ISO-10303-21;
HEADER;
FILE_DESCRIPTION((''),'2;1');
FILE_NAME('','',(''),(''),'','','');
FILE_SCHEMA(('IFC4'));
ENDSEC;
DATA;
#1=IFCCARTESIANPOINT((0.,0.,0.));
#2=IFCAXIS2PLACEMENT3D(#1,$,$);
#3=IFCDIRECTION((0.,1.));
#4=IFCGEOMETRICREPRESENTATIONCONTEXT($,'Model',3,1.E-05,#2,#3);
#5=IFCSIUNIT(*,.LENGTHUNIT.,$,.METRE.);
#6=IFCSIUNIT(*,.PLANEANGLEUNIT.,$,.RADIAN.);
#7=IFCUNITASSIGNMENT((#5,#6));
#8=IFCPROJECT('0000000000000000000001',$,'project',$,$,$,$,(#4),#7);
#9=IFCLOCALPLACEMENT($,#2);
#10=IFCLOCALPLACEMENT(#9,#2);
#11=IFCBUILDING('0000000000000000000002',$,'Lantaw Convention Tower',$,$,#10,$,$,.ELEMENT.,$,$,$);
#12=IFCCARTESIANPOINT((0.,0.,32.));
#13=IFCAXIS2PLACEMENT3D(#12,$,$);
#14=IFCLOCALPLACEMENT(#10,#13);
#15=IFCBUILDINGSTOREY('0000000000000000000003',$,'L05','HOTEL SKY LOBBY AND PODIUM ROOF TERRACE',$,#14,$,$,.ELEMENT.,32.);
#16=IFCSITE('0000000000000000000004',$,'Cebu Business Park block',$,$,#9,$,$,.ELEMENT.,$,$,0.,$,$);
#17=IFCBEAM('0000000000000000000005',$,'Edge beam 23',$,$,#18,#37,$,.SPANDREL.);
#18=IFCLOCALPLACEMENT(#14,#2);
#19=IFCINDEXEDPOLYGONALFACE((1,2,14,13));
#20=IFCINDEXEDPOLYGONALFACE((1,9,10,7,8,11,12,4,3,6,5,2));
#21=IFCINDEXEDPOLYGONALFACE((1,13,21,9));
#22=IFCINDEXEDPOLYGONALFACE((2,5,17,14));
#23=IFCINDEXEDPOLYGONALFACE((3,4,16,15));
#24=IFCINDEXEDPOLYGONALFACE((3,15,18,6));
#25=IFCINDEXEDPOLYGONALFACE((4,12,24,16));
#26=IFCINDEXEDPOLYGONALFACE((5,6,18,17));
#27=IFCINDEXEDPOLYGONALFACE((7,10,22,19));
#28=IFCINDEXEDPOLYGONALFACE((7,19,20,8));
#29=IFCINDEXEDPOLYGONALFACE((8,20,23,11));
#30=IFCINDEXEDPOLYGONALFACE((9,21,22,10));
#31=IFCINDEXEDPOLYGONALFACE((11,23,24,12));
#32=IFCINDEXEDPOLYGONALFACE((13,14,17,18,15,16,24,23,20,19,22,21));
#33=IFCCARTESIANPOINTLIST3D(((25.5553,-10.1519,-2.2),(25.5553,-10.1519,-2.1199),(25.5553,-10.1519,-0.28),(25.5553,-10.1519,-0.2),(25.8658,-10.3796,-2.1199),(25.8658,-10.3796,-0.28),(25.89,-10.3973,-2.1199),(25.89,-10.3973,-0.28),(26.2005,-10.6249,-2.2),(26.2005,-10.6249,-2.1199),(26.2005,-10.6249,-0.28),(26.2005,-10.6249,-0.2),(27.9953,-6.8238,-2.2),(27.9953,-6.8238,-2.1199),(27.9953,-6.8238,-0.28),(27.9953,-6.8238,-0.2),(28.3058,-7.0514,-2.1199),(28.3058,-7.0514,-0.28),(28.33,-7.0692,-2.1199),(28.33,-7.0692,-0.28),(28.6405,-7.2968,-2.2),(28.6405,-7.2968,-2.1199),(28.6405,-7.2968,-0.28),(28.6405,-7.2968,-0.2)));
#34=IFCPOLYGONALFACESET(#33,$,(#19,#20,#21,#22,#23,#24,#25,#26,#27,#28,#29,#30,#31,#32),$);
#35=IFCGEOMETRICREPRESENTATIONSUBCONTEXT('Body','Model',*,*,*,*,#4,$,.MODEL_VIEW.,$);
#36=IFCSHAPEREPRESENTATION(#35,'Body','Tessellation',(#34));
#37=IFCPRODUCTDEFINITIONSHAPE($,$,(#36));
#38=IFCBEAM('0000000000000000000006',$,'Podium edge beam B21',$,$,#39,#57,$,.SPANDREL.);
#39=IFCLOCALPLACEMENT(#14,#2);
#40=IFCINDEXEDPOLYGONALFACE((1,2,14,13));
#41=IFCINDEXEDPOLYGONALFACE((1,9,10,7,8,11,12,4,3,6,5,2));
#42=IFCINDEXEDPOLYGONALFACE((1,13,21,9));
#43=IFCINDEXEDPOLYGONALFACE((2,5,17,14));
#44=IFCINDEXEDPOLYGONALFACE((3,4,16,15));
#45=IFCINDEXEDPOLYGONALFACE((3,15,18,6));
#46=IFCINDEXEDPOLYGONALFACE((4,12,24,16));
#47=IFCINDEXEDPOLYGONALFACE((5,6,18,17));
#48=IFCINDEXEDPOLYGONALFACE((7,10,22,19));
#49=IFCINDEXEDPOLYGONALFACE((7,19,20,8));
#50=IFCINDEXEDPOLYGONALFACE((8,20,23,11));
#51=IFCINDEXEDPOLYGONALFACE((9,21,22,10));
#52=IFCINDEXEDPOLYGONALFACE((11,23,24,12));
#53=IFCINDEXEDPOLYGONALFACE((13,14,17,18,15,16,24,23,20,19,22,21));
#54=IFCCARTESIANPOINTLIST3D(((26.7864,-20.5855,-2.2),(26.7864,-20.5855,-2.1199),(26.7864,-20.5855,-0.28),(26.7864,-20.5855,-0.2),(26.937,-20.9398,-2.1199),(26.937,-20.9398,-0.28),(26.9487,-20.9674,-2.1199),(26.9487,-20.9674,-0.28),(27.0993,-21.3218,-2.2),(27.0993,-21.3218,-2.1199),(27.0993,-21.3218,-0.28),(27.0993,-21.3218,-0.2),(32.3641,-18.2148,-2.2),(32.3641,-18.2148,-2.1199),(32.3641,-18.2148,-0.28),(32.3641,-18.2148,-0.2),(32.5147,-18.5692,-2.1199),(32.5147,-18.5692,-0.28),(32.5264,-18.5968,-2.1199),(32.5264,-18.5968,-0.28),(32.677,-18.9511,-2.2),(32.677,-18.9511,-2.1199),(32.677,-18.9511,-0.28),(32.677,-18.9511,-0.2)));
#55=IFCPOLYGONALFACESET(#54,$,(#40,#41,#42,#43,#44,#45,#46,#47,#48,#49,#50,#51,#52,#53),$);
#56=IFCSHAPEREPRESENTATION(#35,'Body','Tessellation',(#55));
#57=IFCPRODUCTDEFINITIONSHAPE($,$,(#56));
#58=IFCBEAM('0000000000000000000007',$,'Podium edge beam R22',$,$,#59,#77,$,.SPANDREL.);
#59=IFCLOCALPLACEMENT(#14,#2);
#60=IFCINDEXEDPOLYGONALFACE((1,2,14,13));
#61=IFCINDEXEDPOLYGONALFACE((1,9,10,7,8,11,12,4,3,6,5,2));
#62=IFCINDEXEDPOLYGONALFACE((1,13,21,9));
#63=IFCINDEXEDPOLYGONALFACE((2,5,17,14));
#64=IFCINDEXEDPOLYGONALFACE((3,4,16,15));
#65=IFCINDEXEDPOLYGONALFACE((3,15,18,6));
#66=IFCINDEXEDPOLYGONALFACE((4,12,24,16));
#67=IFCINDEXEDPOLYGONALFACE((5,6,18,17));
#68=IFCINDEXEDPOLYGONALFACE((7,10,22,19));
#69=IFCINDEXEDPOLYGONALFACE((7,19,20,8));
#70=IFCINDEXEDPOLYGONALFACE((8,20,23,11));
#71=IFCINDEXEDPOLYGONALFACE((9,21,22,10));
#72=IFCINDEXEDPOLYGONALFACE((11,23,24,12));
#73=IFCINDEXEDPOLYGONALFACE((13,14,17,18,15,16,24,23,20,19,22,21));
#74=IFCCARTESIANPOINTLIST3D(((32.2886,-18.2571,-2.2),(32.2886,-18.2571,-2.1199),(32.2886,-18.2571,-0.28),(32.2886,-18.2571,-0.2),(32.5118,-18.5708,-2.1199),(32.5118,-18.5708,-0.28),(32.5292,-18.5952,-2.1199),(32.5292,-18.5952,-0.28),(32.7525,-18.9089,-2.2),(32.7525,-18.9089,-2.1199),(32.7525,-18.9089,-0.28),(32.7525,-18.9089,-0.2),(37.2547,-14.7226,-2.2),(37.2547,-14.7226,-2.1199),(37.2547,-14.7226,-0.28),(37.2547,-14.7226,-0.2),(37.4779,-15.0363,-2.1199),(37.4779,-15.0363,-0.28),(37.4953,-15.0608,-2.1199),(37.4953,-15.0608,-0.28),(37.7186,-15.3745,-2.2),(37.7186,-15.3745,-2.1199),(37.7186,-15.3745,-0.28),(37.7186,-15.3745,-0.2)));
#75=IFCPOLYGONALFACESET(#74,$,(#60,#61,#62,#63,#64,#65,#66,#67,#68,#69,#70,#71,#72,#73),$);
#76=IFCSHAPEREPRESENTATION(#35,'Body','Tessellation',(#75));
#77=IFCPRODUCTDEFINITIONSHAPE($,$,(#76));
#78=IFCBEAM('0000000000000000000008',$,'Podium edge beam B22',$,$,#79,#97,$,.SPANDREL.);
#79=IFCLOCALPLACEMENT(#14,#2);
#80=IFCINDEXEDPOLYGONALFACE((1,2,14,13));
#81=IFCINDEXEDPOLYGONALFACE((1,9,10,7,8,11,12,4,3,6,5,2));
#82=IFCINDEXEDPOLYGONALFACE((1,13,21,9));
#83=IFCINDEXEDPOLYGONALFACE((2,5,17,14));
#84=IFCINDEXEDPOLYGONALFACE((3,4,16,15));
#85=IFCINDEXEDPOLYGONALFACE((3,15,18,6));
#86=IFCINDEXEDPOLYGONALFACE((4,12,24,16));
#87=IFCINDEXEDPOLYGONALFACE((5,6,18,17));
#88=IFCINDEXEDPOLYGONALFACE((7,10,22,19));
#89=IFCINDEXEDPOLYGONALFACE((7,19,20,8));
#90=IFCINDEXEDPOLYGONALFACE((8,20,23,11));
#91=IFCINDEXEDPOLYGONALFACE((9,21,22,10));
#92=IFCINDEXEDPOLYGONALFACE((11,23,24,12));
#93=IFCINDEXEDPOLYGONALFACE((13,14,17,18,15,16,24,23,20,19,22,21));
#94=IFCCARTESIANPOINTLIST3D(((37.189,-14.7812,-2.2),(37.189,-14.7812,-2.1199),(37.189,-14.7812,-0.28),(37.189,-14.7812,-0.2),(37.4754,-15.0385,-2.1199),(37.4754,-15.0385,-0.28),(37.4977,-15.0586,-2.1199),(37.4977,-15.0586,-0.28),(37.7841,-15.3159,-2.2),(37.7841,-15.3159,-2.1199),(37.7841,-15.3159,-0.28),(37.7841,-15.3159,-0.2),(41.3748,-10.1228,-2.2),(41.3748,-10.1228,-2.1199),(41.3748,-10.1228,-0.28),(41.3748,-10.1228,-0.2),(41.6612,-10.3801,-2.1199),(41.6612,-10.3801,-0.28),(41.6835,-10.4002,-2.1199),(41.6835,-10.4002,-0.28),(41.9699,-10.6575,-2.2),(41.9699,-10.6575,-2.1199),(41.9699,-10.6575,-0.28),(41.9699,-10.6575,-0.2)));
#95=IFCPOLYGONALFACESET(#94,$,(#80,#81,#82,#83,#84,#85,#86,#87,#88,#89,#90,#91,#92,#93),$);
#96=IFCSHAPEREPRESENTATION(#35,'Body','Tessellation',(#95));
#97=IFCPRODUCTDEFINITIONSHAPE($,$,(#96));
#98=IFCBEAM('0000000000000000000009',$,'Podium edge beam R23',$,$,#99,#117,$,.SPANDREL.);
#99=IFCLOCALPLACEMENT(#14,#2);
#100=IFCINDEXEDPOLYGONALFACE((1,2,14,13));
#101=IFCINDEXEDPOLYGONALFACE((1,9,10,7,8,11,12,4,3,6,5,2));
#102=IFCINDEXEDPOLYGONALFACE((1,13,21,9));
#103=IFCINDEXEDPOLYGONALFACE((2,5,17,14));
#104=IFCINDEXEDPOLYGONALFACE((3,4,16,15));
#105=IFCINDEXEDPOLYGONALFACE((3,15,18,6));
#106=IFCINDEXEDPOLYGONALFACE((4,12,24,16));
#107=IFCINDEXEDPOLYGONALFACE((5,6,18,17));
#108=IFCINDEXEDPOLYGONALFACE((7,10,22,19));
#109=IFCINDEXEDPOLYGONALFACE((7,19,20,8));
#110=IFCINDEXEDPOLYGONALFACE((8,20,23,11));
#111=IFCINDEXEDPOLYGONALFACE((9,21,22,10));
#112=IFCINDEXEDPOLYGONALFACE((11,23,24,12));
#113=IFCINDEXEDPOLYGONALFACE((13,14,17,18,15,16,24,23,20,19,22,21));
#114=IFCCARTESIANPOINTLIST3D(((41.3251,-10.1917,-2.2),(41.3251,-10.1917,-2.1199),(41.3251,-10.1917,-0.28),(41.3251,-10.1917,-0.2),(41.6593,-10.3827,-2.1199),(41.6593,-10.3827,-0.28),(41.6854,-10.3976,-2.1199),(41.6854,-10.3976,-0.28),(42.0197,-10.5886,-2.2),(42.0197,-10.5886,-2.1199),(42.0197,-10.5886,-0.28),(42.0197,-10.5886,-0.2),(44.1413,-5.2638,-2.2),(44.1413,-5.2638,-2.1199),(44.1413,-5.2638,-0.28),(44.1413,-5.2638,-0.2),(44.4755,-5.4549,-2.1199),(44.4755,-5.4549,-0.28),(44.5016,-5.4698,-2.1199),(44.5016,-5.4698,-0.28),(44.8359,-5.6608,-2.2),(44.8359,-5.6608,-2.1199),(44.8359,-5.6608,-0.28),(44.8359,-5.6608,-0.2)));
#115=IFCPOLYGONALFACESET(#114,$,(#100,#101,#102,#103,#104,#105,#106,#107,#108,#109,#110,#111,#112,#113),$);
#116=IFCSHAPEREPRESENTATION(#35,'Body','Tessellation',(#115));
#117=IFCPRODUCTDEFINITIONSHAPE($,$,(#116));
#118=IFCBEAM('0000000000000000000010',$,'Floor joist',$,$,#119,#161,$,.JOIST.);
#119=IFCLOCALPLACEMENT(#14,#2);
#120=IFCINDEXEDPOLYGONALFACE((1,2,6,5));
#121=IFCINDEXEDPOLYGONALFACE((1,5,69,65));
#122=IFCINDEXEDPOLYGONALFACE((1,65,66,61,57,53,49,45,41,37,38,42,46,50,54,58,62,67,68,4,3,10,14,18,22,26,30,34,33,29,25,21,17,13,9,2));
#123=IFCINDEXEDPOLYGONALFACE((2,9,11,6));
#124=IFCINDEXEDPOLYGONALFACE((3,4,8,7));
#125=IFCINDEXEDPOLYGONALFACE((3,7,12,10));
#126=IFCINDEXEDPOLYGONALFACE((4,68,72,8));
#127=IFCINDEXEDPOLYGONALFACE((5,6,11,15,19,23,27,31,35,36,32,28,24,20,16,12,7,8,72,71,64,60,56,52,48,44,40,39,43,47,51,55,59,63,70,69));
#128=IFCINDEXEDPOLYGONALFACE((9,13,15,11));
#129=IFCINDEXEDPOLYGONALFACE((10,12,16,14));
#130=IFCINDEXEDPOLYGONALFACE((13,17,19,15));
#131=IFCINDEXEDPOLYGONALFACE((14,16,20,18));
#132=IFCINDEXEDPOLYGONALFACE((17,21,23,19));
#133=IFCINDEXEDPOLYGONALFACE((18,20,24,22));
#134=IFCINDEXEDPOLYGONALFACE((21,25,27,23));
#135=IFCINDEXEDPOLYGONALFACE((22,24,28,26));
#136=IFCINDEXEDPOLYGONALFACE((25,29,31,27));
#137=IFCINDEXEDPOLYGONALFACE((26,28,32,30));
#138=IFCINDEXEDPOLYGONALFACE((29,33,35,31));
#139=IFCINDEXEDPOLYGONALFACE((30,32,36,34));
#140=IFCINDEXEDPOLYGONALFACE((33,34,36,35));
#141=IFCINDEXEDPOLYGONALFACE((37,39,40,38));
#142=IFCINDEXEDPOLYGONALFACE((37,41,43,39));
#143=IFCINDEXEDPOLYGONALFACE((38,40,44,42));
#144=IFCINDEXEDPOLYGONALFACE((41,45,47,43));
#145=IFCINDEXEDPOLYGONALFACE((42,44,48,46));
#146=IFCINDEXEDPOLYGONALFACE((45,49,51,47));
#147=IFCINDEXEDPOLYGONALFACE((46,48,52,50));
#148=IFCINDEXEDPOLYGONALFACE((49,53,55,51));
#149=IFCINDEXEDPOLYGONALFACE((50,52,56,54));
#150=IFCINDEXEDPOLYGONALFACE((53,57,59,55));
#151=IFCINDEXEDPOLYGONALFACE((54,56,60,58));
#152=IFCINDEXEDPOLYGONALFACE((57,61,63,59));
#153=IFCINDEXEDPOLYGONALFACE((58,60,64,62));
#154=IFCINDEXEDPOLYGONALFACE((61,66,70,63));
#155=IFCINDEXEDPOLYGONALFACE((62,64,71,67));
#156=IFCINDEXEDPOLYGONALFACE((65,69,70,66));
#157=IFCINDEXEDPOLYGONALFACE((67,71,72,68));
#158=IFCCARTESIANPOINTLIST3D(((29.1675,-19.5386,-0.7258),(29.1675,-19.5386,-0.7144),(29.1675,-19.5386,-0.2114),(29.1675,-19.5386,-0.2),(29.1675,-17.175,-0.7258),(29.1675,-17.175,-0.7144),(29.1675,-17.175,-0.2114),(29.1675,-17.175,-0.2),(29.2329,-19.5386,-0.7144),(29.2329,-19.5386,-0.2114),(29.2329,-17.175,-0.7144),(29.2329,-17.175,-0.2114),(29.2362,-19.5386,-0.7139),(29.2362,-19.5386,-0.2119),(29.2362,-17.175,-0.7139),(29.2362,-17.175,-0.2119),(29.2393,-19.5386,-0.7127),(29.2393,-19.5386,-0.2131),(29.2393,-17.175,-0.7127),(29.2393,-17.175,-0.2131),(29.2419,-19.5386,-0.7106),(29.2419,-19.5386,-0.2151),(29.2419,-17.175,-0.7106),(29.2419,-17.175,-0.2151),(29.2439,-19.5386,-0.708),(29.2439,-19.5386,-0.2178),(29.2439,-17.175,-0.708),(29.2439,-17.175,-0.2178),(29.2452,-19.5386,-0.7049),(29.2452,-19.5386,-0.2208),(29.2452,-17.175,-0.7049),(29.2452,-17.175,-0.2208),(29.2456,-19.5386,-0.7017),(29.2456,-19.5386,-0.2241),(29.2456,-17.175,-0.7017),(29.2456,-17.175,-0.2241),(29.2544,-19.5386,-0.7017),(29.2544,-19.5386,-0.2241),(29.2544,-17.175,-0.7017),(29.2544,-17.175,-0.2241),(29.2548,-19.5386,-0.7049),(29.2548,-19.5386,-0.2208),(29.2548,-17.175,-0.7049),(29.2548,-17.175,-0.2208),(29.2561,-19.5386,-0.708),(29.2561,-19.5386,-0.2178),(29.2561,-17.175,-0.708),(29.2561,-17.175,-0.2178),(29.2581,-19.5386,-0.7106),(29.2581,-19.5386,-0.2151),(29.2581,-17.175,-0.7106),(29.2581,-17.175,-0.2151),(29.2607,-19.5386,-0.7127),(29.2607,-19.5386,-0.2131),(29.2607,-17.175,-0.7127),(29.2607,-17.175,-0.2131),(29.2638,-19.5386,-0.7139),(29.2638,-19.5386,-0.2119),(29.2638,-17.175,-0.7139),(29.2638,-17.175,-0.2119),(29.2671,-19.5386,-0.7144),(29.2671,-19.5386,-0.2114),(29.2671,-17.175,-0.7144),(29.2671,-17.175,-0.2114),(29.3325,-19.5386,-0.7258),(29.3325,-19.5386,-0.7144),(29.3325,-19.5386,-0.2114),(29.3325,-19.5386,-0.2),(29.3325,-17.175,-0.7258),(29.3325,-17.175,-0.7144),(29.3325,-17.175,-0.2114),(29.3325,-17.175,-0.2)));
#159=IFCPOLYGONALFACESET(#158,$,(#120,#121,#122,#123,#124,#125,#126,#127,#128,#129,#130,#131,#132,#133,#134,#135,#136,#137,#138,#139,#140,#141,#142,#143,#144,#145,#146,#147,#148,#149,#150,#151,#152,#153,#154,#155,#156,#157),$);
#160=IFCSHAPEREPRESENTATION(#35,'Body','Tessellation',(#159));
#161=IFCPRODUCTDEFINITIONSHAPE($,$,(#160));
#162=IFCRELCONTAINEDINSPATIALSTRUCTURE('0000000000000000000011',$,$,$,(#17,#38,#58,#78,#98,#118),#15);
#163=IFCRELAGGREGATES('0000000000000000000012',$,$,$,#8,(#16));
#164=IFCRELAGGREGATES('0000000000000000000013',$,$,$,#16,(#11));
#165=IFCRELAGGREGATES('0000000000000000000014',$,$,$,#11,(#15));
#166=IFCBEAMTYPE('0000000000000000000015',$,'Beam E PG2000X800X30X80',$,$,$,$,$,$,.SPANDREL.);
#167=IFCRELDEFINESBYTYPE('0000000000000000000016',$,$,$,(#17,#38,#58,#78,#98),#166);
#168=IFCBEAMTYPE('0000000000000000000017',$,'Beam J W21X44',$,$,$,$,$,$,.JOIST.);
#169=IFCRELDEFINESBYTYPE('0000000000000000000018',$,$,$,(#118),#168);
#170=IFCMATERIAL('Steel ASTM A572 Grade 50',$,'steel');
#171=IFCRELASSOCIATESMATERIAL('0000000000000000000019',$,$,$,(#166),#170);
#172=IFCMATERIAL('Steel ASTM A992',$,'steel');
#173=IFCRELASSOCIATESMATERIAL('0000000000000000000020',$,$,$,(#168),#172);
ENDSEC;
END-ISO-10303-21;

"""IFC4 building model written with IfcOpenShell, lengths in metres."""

from ifc_helpers import new_model, si_unit, direction, frame, origin, origin_2d, place, context, subcontext, project, spatial, i_section, extrude, material, material_profile, profile_set, type_object, element, save


model = new_model("IFC4")

# Units and contexts
model_context = context("Model", 3, precision=1e-05, world=origin(), true_north=direction((0.0, 1.0)))
body_context = subcontext(model_context, "Body", "Model", "MODEL_VIEW")
ifc_project = project(units=[si_unit("LENGTHUNIT", "METRE"), si_unit("PLANEANGLEUNIT", "RADIAN")], contexts=[model_context])

# Site, building, storey
site_placement = place(None, origin())
site = spatial("IfcSite", under=ifc_project, at=site_placement, Name="Cebu Business Park block", CompositionType="ELEMENT", RefElevation=0.0)
building_placement = place(site_placement, origin())
building = spatial("IfcBuilding", under=site, at=building_placement, Name="Lantaw Convention Tower", CompositionType="ELEMENT")
storey_placement = place(building_placement, frame((0.0, 0.0, 32.0)))
storey = spatial("IfcBuildingStorey", under=building, at=storey_placement, Name="L05", Description="HOTEL SKY LOBBY AND PODIUM ROOF TERRACE", CompositionType="ELEMENT", Elevation=32.0)

# Beams
ifc_material_1 = material(Name="Steel ASTM A572 Grade 50", Category="steel")
ifc_material_profile_1 = material_profile(ifc_material_1, i_section(OverallWidth=0.8, OverallDepth=2.0, WebThickness=0.03, FlangeThickness=0.0801, at=origin_2d()), Name="PG2000X800X30X80")
ifc_profile_set_1 = profile_set([ifc_material_profile_1], Name="Steel ASTM A572 Grade 50")
beam_type_1 = type_object("IfcBeamType", Name="Beam E PG2000X800X30X80", PredefinedType="SPANDREL", material=ifc_profile_set_1)
beam_1_placement = place(storey_placement, frame((25.8779, -10.3884, -1.2), z_axis=(0.591256, 0.806484, 0.0), x_axis=(-0.806484, 0.591256, 0.0)))
element("IfcBeam", 1, at=beam_1_placement, inside=storey, type_object=beam_type_1, Name="Edge beam 23", PredefinedType="SPANDREL", context=body_context, shape_type="SweptSolid", body=[
    extrude(i_section(OverallWidth=0.8, OverallDepth=2.0, WebThickness=0.03, FlangeThickness=0.0801, at=origin_2d()), origin(), (0.0, 0.0, 1.0), 4.1267),
])
beam_2_placement = place(storey_placement, frame((26.9429, -20.9536, -1.2), z_axis=(0.920324, 0.391156, 0.0), x_axis=(-0.391156, 0.920324, 0.0)))
element("IfcBeam", 2, at=beam_2_placement, inside=storey, type_object=beam_type_1, Name="Podium edge beam B21", PredefinedType="SPANDREL", context=body_context, shape_type="SweptSolid", body=[
    extrude(i_section(OverallWidth=0.8, OverallDepth=2.0, WebThickness=0.03, FlangeThickness=0.0801, at=origin_2d()), origin(), (0.0, 0.0, 1.0), 6.0605),
])
beam_3_placement = place(storey_placement, frame((32.5205, -18.583, -1.2), z_axis=(0.814723, 0.579851, 0.0), x_axis=(-0.579851, 0.814723, 0.0)))
element("IfcBeam", 3, at=beam_3_placement, inside=storey, type_object=beam_type_1, Name="Podium edge beam R22", PredefinedType="SPANDREL", context=body_context, shape_type="SweptSolid", body=[
    extrude(i_section(OverallWidth=0.8, OverallDepth=2.0, WebThickness=0.03, FlangeThickness=0.0801, at=origin_2d()), origin(), (0.0, 0.0, 1.0), 6.0955),
])
beam_4_placement = place(storey_placement, frame((37.4866, -15.0486, -1.2), z_axis=(0.668364, 0.743835, 0.0), x_axis=(-0.743835, 0.668364, 0.0)))
element("IfcBeam", 4, at=beam_4_placement, inside=storey, type_object=beam_type_1, Name="Podium edge beam B22", PredefinedType="SPANDREL", context=body_context, shape_type="SweptSolid", body=[
    extrude(i_section(OverallWidth=0.8, OverallDepth=2.0, WebThickness=0.03, FlangeThickness=0.0801, at=origin_2d()), origin(), (0.0, 0.0, 1.0), 6.2627),
])
beam_5_placement = place(storey_placement, frame((41.6724, -10.3901, -1.2), z_axis=(0.496181, 0.868219, 0.0), x_axis=(-0.868219, 0.496181, 0.0)))
element("IfcBeam", 5, at=beam_5_placement, inside=storey, type_object=beam_type_1, Name="Podium edge beam R23", PredefinedType="SPANDREL", context=body_context, shape_type="SweptSolid", body=[
    extrude(i_section(OverallWidth=0.8, OverallDepth=2.0, WebThickness=0.03, FlangeThickness=0.0801, at=origin_2d()), origin(), (0.0, 0.0, 1.0), 5.6758),
])
ifc_material_2 = material(Name="Steel ASTM A992", Category="steel")
ifc_material_profile_2 = material_profile(ifc_material_2, i_section(OverallWidth=0.165, OverallDepth=0.5259, WebThickness=0.0088, FlangeThickness=0.0115, FilletRadius=0.0127, at=origin_2d()), Name="W21X44")
ifc_profile_set_2 = profile_set([ifc_material_profile_2], Name="Steel ASTM A992")
beam_type_2 = type_object("IfcBeamType", Name="Beam J W21X44", PredefinedType="JOIST", material=ifc_profile_set_2)
beam_6_placement = place(storey_placement, frame((29.25, -19.5386, -0.4629), z_axis=(0.0, 1.0, 0.0), x_axis=(-1.0, 0.0, 0.0)))
element("IfcBeam", 6, at=beam_6_placement, inside=storey, type_object=beam_type_2, Name="Floor joist", PredefinedType="JOIST", context=body_context, shape_type="SweptSolid", body=[
    extrude(i_section(OverallWidth=0.165, OverallDepth=0.5259, WebThickness=0.0088, FlangeThickness=0.0115, FilletRadius=0.0127, at=origin_2d()), origin(), (0.0, 0.0, 1.0), 2.3635),
])

save(model, "model.ifc")
